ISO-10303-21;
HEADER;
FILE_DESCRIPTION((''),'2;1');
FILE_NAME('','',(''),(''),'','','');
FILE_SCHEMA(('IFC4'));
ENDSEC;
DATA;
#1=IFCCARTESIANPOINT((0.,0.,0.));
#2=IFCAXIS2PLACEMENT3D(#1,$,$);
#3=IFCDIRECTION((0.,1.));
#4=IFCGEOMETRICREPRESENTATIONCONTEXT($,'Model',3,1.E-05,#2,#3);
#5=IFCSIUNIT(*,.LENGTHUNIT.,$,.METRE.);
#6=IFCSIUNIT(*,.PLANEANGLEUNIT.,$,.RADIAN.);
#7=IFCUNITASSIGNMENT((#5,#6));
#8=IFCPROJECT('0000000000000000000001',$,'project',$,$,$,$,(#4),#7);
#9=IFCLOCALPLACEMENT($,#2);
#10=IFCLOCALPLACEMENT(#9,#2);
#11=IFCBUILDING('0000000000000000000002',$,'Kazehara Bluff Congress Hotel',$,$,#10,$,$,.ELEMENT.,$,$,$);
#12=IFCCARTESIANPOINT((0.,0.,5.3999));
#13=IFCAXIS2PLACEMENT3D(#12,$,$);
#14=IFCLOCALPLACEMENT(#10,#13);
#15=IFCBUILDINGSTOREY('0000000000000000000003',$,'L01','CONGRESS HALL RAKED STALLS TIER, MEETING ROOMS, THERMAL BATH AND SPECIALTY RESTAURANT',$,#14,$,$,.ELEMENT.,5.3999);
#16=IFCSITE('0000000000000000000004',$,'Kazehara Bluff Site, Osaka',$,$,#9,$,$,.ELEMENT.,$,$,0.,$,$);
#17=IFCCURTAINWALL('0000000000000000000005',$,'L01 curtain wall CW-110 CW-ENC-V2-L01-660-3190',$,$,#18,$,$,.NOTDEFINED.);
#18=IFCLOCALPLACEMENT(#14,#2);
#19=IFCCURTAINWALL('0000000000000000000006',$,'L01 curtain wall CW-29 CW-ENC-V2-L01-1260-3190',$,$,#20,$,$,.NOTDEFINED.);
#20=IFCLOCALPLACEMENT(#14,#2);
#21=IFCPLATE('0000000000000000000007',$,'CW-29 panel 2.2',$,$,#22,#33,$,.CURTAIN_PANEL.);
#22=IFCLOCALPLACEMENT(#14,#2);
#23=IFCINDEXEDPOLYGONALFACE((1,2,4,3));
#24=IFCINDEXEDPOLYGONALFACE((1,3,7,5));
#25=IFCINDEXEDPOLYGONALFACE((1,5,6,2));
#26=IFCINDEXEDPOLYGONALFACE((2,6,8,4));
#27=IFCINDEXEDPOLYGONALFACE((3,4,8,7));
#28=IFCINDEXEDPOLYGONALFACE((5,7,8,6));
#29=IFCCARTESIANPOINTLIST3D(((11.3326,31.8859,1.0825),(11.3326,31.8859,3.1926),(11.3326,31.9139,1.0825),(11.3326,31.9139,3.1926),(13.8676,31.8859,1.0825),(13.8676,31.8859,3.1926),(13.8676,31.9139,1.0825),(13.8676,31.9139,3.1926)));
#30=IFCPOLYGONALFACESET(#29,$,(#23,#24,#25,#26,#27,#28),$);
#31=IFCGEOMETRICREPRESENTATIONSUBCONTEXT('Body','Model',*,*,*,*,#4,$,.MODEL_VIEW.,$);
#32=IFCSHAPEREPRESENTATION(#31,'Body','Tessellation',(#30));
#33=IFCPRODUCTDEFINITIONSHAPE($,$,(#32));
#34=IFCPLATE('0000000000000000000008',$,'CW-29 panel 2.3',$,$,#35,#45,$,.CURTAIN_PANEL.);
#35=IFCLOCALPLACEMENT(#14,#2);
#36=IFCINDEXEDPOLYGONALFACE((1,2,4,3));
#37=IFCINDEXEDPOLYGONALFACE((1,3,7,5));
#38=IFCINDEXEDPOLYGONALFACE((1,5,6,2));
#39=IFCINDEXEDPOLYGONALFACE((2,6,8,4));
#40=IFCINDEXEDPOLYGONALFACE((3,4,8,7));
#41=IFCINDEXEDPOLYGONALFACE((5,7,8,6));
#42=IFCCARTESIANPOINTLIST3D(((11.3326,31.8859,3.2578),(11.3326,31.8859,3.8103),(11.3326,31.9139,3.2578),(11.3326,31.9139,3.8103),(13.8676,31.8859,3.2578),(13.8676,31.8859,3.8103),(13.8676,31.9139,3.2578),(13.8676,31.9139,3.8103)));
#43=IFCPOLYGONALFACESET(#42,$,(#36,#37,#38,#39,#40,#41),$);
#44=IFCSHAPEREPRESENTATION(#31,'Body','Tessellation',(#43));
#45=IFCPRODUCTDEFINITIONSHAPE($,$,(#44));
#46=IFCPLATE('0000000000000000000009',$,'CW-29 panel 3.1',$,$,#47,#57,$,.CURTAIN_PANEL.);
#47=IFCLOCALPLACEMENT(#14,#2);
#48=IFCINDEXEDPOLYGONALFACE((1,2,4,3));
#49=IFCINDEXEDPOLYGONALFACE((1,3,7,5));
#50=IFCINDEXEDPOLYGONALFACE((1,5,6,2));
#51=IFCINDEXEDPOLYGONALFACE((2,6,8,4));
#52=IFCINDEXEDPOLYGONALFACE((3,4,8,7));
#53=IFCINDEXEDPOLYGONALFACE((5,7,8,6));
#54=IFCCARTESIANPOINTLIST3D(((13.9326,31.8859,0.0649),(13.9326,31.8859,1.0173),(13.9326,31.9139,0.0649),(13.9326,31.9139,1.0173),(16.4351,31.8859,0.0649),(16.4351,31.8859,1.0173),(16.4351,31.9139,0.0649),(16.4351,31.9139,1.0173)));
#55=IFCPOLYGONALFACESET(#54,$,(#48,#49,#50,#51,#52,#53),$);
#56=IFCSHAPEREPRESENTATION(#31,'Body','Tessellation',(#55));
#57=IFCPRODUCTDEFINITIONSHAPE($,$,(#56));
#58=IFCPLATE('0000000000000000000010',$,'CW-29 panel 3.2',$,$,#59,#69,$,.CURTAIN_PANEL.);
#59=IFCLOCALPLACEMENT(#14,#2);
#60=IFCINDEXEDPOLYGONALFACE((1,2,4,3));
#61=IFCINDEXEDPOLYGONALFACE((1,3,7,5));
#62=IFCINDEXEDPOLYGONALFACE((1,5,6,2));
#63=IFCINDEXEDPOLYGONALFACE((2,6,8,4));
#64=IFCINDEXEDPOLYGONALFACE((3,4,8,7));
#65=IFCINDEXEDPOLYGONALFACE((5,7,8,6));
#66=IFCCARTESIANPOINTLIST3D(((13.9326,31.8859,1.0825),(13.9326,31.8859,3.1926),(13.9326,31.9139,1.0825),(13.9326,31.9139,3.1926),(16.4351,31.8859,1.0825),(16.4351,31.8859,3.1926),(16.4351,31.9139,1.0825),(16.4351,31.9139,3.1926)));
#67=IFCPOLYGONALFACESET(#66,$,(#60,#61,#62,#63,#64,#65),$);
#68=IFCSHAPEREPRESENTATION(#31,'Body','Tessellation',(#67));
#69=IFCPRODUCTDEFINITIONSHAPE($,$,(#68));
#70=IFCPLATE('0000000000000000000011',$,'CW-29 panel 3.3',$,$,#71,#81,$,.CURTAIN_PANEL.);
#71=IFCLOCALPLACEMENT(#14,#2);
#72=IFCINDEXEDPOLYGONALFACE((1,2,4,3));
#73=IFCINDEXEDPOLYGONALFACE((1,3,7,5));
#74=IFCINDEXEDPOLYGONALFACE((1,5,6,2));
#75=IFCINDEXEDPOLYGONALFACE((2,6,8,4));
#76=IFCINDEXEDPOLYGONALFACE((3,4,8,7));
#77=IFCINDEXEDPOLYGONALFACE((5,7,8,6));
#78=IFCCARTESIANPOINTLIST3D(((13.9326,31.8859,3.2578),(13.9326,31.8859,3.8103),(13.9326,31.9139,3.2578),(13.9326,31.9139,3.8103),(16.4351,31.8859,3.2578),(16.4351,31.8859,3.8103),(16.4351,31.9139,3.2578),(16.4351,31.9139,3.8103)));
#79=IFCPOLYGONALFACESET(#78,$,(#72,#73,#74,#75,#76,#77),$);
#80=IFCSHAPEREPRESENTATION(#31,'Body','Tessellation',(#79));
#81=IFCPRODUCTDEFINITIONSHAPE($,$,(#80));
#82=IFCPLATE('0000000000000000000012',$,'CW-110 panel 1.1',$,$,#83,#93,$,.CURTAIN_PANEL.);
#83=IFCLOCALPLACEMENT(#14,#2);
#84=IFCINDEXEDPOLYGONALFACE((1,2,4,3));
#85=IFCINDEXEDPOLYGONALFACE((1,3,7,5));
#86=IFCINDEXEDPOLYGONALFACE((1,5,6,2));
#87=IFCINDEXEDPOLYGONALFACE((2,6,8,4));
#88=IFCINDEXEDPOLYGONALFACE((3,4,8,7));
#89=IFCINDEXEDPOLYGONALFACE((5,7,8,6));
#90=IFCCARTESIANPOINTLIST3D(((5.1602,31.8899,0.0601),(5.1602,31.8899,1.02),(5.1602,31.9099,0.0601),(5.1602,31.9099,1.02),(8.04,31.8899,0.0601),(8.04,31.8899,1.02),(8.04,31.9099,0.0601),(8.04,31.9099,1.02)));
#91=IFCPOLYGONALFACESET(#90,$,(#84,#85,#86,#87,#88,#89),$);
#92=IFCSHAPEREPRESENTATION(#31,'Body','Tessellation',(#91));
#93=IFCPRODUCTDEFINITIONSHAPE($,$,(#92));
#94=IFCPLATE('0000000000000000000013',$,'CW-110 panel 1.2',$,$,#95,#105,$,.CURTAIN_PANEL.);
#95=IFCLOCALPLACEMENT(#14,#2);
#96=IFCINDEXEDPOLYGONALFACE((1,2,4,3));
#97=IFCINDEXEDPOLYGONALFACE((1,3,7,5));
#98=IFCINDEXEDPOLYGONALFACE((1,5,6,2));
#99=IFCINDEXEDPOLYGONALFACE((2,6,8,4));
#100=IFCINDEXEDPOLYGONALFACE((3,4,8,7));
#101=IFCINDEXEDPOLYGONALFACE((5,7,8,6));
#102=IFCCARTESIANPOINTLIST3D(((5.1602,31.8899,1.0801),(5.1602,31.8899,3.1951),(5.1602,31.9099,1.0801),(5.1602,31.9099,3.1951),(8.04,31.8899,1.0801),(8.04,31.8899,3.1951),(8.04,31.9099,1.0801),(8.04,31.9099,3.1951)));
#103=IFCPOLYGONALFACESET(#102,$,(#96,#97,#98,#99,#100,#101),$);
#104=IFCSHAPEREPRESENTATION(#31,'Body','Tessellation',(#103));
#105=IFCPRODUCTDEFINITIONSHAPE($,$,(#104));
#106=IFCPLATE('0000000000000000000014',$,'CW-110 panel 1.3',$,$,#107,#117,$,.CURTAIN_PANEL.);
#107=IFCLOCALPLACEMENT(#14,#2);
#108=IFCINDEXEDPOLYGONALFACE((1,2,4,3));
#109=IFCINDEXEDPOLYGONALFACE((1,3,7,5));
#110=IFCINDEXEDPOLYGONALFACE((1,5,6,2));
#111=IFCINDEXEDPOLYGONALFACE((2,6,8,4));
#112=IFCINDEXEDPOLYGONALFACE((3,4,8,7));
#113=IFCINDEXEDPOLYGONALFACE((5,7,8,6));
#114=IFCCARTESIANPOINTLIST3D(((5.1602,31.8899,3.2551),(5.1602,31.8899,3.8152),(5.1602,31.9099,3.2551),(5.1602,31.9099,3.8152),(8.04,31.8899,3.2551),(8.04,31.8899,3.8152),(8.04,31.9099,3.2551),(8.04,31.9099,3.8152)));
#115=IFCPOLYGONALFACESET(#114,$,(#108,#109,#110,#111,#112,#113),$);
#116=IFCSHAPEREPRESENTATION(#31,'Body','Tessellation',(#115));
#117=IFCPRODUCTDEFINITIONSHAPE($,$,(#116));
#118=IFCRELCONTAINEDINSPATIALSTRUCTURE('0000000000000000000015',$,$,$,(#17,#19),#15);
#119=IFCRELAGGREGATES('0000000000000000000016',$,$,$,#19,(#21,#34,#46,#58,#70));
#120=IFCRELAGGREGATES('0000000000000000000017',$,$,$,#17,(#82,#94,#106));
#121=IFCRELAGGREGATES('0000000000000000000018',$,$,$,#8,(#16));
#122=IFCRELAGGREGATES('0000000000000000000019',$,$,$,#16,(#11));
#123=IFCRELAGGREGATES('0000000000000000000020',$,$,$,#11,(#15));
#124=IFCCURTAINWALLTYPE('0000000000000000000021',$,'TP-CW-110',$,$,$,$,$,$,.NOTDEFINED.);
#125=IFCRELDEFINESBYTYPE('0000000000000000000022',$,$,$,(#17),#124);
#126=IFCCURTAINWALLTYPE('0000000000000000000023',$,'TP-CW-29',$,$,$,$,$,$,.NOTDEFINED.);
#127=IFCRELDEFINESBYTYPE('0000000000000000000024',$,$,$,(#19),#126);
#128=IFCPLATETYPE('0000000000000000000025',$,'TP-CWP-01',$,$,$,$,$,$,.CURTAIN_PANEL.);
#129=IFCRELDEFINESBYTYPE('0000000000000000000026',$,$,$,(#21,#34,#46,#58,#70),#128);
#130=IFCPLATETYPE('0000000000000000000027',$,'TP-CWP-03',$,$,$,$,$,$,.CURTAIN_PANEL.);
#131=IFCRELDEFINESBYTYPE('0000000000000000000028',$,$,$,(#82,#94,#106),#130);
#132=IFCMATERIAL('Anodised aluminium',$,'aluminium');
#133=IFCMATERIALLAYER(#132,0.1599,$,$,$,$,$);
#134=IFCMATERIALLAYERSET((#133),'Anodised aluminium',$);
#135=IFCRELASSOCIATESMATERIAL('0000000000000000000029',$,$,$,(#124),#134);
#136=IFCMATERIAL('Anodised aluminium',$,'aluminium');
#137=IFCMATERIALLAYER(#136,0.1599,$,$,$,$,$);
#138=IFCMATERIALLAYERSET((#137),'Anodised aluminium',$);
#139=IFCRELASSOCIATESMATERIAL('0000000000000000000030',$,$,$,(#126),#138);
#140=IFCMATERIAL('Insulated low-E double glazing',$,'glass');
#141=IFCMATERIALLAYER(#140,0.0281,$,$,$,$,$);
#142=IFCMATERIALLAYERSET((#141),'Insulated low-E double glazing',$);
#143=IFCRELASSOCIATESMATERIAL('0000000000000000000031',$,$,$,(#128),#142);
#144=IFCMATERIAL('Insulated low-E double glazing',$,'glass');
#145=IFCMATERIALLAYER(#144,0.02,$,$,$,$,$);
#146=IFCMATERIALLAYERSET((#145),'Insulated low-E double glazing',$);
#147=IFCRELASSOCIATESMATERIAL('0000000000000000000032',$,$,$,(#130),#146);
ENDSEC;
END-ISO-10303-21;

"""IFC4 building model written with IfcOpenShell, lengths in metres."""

from ifc_helpers import new_model, si_unit, direction, frame, origin, origin_2d, place, context, subcontext, project, spatial, rectangle, extrude, material, layer, layer_set, type_object, element, aggregate, save


model = new_model("IFC4")

# Units and contexts
model_context = context("Model", 3, precision=1e-05, world=origin(), true_north=direction((0.0, 1.0)))
body_context = subcontext(model_context, "Body", "Model", "MODEL_VIEW")
ifc_project = project(units=[si_unit("LENGTHUNIT", "METRE"), si_unit("PLANEANGLEUNIT", "RADIAN")], contexts=[model_context])

# Site, building, storey
site_placement = place(None, origin())
site = spatial("IfcSite", under=ifc_project, at=site_placement, Name="Kazehara Bluff Site, Osaka", CompositionType="ELEMENT", RefElevation=0.0)
building_placement = place(site_placement, origin())
building = spatial("IfcBuilding", under=site, at=building_placement, Name="Kazehara Bluff Congress Hotel", CompositionType="ELEMENT")
storey_placement = place(building_placement, frame((0.0, 0.0, 5.3999)))
storey = spatial("IfcBuildingStorey", under=building, at=storey_placement, Name="L01", Description="CONGRESS HALL RAKED STALLS TIER, MEETING ROOMS, THERMAL BATH AND SPECIALTY RESTAURANT", CompositionType="ELEMENT", Elevation=5.3999)

# Curtain wall
ifc_material_1 = material(Name="Anodised aluminium", Category="aluminium")
ifc_layer_1 = layer(ifc_material_1, 0.1599)
ifc_layer_set_1 = layer_set([ifc_layer_1], Name="Anodised aluminium")
curtain_wall_type_1 = type_object("IfcCurtainWallType", Name="TP-CW-110", PredefinedType="NOTDEFINED", material=ifc_layer_set_1)
curtain_wall_1_placement = place(storey_placement, origin())
curtain_wall_1 = element("IfcCurtainWall", 1, at=curtain_wall_1_placement, inside=storey, type_object=curtain_wall_type_1, Name="L01 curtain wall CW-110 CW-ENC-V2-L01-660-3190", PredefinedType="NOTDEFINED")

# Curtain wall
ifc_material_2 = material(Name="Anodised aluminium", Category="aluminium")
ifc_layer_2 = layer(ifc_material_2, 0.1599)
ifc_layer_set_2 = layer_set([ifc_layer_2], Name="Anodised aluminium")
curtain_wall_type_2 = type_object("IfcCurtainWallType", Name="TP-CW-29", PredefinedType="NOTDEFINED", material=ifc_layer_set_2)
curtain_wall_2_placement = place(storey_placement, origin())
curtain_wall_2 = element("IfcCurtainWall", 2, at=curtain_wall_2_placement, inside=storey, type_object=curtain_wall_type_2, Name="L01 curtain wall CW-29 CW-ENC-V2-L01-1260-3190", PredefinedType="NOTDEFINED")

# Plates
ifc_material_3 = material(Name="Insulated low-E double glazing", Category="glass")
ifc_layer_3 = layer(ifc_material_3, 0.0281)
ifc_layer_set_3 = layer_set([ifc_layer_3], Name="Insulated low-E double glazing")
plate_type_1 = type_object("IfcPlateType", Name="TP-CWP-01", PredefinedType="CURTAIN_PANEL", material=ifc_layer_set_3)
plate_1_placement = place(storey_placement, frame((12.6001, 31.8999, 1.0825), z_axis=(0.0, 0.0, 1.0), x_axis=(1.0, 0.0, 0.0)))
plate_1 = element("IfcPlate", 3, at=plate_1_placement, type_object=plate_type_1, Name="CW-29 panel 2.2", PredefinedType="CURTAIN_PANEL", context=body_context, shape_type="SweptSolid", body=[
    extrude(rectangle(XDim=2.5349, YDim=0.0281, at=origin_2d()), origin(), (0.0, 0.0, 1.0), 2.1101),
])
plate_2_placement = place(storey_placement, frame((12.6001, 31.8999, 3.2578), z_axis=(0.0, 0.0, 1.0), x_axis=(1.0, 0.0, 0.0)))
plate_2 = element("IfcPlate", 4, at=plate_2_placement, type_object=plate_type_1, Name="CW-29 panel 2.3", PredefinedType="CURTAIN_PANEL", context=body_context, shape_type="SweptSolid", body=[
    extrude(rectangle(XDim=2.5349, YDim=0.0281, at=origin_2d()), origin(), (0.0, 0.0, 1.0), 0.5525),
])
plate_3_placement = place(storey_placement, frame((15.1838, 31.8999, 0.0649), z_axis=(0.0, 0.0, 1.0), x_axis=(1.0, 0.0, 0.0)))
plate_3 = element("IfcPlate", 5, at=plate_3_placement, type_object=plate_type_1, Name="CW-29 panel 3.1", PredefinedType="CURTAIN_PANEL", context=body_context, shape_type="SweptSolid", body=[
    extrude(rectangle(XDim=2.5024, YDim=0.0281, at=origin_2d()), origin(), (0.0, 0.0, 1.0), 0.9524),
])
plate_4_placement = place(storey_placement, frame((15.1838, 31.8999, 1.0825), z_axis=(0.0, 0.0, 1.0), x_axis=(1.0, 0.0, 0.0)))
plate_4 = element("IfcPlate", 6, at=plate_4_placement, type_object=plate_type_1, Name="CW-29 panel 3.2", PredefinedType="CURTAIN_PANEL", context=body_context, shape_type="SweptSolid", body=[
    extrude(rectangle(XDim=2.5024, YDim=0.0281, at=origin_2d()), origin(), (0.0, 0.0, 1.0), 2.1101),
])
plate_5_placement = place(storey_placement, frame((15.1838, 31.8999, 3.2578), z_axis=(0.0, 0.0, 1.0), x_axis=(1.0, 0.0, 0.0)))
plate_5 = element("IfcPlate", 7, at=plate_5_placement, type_object=plate_type_1, Name="CW-29 panel 3.3", PredefinedType="CURTAIN_PANEL", context=body_context, shape_type="SweptSolid", body=[
    extrude(rectangle(XDim=2.5024, YDim=0.0281, at=origin_2d()), origin(), (0.0, 0.0, 1.0), 0.5525),
])
aggregate(curtain_wall_2, [plate_1, plate_2, plate_3, plate_4, plate_5])
ifc_material_4 = material(Name="Insulated low-E double glazing", Category="glass")
ifc_layer_4 = layer(ifc_material_4, 0.02)
ifc_layer_set_4 = layer_set([ifc_layer_4], Name="Insulated low-E double glazing")
plate_type_2 = type_object("IfcPlateType", Name="TP-CWP-03", PredefinedType="CURTAIN_PANEL", material=ifc_layer_set_4)
plate_6_placement = place(storey_placement, frame((6.6001, 31.8999, 0.0601), z_axis=(0.0, 0.0, 1.0), x_axis=(1.0, 0.0, 0.0)))
plate_6 = element("IfcPlate", 8, at=plate_6_placement, type_object=plate_type_2, Name="CW-110 panel 1.1", PredefinedType="CURTAIN_PANEL", context=body_context, shape_type="SweptSolid", body=[
    extrude(rectangle(XDim=2.8799, YDim=0.02, at=origin_2d()), origin(), (0.0, 0.0, 1.0), 0.96),
])
plate_7_placement = place(storey_placement, frame((6.6001, 31.8999, 1.0801), z_axis=(0.0, 0.0, 1.0), x_axis=(1.0, 0.0, 0.0)))
plate_7 = element("IfcPlate", 9, at=plate_7_placement, type_object=plate_type_2, Name="CW-110 panel 1.2", PredefinedType="CURTAIN_PANEL", context=body_context, shape_type="SweptSolid", body=[
    extrude(rectangle(XDim=2.8799, YDim=0.02, at=origin_2d()), origin(), (0.0, 0.0, 1.0), 2.115),
])
plate_8_placement = place(storey_placement, frame((6.6001, 31.8999, 3.2551), z_axis=(0.0, 0.0, 1.0), x_axis=(1.0, 0.0, 0.0)))
plate_8 = element("IfcPlate", 10, at=plate_8_placement, type_object=plate_type_2, Name="CW-110 panel 1.3", PredefinedType="CURTAIN_PANEL", context=body_context, shape_type="SweptSolid", body=[
    extrude(rectangle(XDim=2.8799, YDim=0.02, at=origin_2d()), origin(), (0.0, 0.0, 1.0), 0.5601),
])
aggregate(curtain_wall_1, [plate_6, plate_7, plate_8])

save(model, "model.ifc")
